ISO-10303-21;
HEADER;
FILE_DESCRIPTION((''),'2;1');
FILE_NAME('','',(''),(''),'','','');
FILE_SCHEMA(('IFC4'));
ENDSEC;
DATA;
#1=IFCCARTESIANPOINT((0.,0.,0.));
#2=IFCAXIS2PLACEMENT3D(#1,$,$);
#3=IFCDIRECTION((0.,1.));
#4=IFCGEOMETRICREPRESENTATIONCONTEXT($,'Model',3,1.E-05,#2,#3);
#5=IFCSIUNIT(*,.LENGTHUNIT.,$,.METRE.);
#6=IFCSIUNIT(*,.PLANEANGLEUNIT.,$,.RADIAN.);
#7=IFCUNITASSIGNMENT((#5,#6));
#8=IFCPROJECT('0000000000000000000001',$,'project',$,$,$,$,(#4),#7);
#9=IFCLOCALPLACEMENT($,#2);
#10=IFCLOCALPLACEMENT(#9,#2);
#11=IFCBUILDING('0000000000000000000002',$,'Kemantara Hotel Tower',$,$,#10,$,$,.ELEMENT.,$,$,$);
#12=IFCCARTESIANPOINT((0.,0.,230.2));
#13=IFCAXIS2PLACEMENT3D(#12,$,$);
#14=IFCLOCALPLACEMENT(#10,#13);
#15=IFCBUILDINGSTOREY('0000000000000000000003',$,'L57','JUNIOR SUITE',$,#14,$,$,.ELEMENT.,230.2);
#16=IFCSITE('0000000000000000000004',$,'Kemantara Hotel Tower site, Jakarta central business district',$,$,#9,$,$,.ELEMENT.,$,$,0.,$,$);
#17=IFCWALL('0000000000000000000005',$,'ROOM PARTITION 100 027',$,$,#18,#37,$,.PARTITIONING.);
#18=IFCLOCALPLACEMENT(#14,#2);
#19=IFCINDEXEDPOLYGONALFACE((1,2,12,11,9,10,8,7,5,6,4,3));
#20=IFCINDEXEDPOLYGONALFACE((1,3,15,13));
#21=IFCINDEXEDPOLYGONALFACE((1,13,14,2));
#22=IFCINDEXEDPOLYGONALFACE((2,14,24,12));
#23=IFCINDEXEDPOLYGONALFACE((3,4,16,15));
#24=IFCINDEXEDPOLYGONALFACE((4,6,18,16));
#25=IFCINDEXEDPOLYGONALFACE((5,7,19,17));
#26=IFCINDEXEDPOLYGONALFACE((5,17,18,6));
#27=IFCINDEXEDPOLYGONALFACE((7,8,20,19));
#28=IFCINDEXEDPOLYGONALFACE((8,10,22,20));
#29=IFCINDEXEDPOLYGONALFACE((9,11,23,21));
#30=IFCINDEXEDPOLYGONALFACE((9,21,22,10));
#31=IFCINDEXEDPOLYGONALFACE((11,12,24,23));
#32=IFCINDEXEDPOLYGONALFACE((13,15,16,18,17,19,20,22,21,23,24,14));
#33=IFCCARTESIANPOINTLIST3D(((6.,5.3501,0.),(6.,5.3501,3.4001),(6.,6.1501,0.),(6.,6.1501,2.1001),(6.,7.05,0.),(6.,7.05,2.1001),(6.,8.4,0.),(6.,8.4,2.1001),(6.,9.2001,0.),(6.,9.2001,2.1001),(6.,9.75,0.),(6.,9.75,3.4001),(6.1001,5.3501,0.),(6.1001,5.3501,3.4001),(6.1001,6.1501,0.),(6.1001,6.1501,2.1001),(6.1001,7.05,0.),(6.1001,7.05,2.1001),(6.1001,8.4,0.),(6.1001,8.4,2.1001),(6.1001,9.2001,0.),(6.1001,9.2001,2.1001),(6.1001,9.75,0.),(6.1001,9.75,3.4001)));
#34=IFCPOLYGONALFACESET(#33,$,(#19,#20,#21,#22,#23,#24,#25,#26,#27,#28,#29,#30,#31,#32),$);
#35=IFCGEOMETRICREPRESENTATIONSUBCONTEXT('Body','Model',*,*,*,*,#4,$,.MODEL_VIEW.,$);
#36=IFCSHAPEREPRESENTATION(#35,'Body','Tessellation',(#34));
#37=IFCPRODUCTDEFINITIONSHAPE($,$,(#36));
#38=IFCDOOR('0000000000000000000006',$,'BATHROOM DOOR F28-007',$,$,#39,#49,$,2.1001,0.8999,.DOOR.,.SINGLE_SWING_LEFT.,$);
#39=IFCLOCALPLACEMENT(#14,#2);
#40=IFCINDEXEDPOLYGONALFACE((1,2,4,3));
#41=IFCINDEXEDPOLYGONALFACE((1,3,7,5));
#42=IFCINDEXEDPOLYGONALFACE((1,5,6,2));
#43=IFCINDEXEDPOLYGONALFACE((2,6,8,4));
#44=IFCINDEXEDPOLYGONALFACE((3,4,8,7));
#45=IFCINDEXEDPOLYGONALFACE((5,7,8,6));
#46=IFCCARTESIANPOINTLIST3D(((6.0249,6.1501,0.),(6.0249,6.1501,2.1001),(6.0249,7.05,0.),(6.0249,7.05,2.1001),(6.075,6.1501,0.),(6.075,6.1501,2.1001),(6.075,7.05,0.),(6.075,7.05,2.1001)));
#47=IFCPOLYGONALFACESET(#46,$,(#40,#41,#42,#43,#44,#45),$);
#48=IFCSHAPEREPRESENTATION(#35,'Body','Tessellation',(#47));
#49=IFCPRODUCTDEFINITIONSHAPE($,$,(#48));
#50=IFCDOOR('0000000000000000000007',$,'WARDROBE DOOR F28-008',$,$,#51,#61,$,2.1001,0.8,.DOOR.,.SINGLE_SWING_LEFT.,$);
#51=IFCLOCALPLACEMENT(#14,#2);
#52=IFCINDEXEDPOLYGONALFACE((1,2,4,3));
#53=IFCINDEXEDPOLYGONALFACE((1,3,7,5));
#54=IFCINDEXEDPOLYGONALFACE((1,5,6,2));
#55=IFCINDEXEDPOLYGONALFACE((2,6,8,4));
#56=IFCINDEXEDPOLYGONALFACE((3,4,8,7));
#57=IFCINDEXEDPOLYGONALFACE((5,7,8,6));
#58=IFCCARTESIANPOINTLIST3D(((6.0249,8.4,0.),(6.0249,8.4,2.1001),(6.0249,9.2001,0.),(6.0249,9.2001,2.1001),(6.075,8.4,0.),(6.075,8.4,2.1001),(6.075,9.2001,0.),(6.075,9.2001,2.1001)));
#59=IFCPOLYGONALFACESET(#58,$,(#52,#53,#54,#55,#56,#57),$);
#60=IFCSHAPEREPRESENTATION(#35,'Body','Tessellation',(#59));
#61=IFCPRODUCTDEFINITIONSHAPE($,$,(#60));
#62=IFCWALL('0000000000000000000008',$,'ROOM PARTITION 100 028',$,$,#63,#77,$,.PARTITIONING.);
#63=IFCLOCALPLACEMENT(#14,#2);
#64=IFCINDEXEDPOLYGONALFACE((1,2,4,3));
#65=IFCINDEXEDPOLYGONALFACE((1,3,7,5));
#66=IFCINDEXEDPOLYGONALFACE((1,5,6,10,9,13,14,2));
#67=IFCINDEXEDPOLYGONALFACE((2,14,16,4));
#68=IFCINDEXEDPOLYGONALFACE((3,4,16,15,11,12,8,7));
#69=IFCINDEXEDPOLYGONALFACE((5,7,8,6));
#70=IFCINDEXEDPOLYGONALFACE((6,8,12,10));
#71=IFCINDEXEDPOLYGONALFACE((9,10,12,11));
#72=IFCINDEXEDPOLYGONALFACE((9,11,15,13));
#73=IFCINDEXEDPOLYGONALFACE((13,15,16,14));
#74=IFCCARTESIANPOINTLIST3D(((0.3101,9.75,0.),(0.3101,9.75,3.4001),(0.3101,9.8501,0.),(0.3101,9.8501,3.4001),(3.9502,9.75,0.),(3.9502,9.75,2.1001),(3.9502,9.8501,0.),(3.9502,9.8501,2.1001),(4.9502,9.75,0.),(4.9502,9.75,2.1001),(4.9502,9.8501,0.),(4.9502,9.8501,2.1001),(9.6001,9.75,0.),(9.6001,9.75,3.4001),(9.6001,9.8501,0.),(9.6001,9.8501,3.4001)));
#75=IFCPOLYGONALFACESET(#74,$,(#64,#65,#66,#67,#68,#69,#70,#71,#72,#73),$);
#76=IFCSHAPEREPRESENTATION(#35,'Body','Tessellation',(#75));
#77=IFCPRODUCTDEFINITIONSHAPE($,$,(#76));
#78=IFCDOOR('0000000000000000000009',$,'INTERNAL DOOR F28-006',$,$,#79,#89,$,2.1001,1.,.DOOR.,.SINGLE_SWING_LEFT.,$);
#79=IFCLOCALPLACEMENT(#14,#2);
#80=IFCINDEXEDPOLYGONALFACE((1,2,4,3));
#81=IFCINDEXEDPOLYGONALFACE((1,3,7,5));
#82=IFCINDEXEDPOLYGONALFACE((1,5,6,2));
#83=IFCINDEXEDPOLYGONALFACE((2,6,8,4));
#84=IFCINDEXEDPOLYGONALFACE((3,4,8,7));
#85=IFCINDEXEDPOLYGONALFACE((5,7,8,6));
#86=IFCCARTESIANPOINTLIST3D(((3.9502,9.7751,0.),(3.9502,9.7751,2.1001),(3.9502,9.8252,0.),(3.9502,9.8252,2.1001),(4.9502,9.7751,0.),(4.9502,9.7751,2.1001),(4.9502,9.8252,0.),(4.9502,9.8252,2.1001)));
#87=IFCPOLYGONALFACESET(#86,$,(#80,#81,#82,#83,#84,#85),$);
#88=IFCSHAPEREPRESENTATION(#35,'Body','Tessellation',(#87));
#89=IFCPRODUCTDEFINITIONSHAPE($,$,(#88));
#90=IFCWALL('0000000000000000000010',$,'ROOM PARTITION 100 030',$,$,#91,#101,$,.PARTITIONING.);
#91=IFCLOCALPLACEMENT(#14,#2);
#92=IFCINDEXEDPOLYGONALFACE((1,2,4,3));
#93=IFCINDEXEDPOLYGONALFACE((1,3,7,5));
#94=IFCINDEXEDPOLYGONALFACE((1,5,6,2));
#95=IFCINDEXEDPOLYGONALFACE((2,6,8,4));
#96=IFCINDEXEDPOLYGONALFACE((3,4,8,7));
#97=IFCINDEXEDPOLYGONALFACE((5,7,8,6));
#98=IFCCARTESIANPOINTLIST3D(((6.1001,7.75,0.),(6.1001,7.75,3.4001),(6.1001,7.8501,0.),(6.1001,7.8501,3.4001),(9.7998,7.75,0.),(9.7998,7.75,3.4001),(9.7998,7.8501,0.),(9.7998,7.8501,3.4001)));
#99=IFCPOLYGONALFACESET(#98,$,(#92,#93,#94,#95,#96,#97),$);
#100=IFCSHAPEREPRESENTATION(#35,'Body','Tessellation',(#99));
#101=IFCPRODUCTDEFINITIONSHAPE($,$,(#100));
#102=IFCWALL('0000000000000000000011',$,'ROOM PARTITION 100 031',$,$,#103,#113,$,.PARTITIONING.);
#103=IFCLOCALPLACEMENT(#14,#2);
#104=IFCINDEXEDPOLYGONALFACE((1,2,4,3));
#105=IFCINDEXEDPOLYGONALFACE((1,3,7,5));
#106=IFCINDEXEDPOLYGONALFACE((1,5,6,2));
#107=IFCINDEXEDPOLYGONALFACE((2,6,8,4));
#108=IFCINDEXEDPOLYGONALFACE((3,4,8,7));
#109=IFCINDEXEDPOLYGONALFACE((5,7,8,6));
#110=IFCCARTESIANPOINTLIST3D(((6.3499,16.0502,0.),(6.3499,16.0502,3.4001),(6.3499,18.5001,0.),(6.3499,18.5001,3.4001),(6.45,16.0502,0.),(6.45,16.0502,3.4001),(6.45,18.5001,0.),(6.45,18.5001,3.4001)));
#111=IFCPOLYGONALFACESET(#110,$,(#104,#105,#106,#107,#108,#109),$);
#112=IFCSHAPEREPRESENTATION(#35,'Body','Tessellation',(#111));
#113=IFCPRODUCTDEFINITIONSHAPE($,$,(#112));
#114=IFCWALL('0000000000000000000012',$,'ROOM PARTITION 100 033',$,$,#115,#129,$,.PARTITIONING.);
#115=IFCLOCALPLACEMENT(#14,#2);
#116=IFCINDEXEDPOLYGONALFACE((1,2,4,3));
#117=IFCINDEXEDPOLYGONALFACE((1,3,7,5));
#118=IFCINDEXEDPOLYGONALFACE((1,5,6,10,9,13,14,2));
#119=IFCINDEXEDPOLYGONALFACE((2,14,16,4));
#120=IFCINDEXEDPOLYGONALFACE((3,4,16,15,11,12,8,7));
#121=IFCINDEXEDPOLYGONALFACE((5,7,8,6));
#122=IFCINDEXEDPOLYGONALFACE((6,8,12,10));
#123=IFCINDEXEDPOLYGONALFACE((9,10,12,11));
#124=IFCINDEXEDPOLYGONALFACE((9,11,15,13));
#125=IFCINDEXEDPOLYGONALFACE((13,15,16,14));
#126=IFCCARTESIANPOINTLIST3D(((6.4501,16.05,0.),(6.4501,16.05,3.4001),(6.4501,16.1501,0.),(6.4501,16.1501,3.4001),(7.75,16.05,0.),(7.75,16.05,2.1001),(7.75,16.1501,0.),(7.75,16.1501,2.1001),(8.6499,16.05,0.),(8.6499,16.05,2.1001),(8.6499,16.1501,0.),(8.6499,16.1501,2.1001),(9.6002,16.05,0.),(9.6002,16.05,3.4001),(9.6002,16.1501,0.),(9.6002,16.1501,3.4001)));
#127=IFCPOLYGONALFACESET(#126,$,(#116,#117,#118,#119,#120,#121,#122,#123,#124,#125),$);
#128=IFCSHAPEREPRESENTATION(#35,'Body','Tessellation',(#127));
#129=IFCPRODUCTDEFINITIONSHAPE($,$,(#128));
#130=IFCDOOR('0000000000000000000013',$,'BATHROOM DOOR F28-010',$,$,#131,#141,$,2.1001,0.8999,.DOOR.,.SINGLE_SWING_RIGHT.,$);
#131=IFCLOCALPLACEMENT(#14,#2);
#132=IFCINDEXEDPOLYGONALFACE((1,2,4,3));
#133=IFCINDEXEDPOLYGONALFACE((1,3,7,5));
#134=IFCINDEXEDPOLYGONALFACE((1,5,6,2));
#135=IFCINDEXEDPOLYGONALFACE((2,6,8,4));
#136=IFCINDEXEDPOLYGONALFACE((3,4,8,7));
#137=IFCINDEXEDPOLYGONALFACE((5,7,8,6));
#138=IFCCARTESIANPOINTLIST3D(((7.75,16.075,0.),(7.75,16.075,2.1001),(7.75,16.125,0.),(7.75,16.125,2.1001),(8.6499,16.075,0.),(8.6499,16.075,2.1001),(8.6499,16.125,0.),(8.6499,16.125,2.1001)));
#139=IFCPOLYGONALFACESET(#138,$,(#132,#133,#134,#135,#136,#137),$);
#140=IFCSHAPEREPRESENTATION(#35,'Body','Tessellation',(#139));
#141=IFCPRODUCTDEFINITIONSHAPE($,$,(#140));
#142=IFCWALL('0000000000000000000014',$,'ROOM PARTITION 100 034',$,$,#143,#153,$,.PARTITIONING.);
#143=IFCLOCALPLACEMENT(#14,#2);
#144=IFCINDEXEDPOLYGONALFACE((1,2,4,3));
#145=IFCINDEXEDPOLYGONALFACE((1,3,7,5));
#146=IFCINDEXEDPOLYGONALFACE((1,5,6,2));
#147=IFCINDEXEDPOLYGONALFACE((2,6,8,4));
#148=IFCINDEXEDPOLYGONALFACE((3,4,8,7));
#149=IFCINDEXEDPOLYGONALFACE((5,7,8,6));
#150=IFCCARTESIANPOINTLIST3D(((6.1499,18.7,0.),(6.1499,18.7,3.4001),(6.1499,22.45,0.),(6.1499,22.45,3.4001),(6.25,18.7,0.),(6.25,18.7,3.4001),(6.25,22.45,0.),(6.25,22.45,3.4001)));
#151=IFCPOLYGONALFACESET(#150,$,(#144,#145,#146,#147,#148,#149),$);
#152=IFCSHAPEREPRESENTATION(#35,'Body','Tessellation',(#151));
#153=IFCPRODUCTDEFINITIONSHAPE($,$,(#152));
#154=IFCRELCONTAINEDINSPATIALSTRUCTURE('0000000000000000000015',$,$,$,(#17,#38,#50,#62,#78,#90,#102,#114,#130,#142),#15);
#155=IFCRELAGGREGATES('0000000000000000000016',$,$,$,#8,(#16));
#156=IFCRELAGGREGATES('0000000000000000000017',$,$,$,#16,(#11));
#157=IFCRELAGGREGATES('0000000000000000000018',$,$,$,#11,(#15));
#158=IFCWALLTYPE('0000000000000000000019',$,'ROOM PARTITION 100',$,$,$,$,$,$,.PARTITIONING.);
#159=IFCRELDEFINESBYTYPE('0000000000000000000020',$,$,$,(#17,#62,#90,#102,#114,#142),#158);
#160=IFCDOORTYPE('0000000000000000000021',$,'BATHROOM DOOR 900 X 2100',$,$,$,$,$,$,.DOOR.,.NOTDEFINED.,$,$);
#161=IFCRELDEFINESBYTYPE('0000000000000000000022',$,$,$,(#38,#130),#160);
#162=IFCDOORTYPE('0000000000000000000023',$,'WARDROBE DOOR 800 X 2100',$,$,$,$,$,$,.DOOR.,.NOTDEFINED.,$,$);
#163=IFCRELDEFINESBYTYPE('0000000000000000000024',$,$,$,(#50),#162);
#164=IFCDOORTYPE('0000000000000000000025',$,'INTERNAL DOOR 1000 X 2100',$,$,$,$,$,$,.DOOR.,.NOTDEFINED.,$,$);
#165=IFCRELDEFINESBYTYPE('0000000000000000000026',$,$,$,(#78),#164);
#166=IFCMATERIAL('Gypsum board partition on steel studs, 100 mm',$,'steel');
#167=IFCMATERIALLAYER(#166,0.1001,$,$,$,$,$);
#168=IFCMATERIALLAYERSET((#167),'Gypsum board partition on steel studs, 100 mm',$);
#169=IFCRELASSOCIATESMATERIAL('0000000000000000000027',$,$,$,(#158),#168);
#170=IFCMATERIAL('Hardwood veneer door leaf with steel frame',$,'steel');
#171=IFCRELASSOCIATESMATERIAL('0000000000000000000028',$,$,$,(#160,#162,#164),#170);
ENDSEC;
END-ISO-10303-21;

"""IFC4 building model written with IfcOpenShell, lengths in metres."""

from ifc_helpers import new_model, si_unit, direction, frame, frame_2d, origin, place, context, subcontext, project, spatial, rectangle, extrude, material, layer, layer_set, type_object, element, fill, save


model = new_model("IFC4")

# Units and contexts
model_context = context("Model", 3, precision=1e-05, world=origin(), true_north=direction((0.0, 1.0)))
body_context = subcontext(model_context, "Body", "Model", "MODEL_VIEW")
ifc_project = project(units=[si_unit("LENGTHUNIT", "METRE"), si_unit("PLANEANGLEUNIT", "RADIAN")], contexts=[model_context])

# Site, building, storey
site_placement = place(None, origin())
site = spatial("IfcSite", under=ifc_project, at=site_placement, Name="Kemantara Hotel Tower site, Jakarta central business district", CompositionType="ELEMENT", RefElevation=0.0)
building_placement = place(site_placement, origin())
building = spatial("IfcBuilding", under=site, at=building_placement, Name="Kemantara Hotel Tower", CompositionType="ELEMENT")
storey_placement = place(building_placement, frame((0.0, 0.0, 230.2)))
storey = spatial("IfcBuildingStorey", under=building, at=storey_placement, Name="L57", Description="JUNIOR SUITE", CompositionType="ELEMENT", Elevation=230.2)

# Shared definitions
ifc_material_1 = material(Name="Hardwood veneer door leaf with steel frame", Category="steel")

# Wall, openings, doors
ifc_material_2 = material(Name="Gypsum board partition on steel studs, 100 mm", Category="steel")
ifc_layer_1 = layer(ifc_material_2, 0.1001)
ifc_layer_set_1 = layer_set([ifc_layer_1], Name="Gypsum board partition on steel studs, 100 mm")
wall_type_1 = type_object("IfcWallType", Name="ROOM PARTITION 100", PredefinedType="PARTITIONING", material=ifc_layer_set_1)
wall_1_placement = place(storey_placement, frame((6.05, 9.75, 0.0), z_axis=(0.0, 0.0, 1.0), x_axis=(0.0, -1.0, 0.0)))
wall_1 = element("IfcWall", 1, at=wall_1_placement, inside=storey, type_object=wall_type_1, Name="ROOM PARTITION 100 027", PredefinedType="PARTITIONING", context=body_context, shape_type="SweptSolid", body=[
    extrude(rectangle(XDim=4.3999, YDim=0.1001, at=frame_2d((2.2, 0.0))), origin(), (0.0, 0.0, 1.0), 3.4001),
])
opening_1_placement = place(wall_1_placement, frame((2.7, 0.0, 0.0)))
opening_1 = element("IfcOpeningElement", 2, at=opening_1_placement, cuts=wall_1, PredefinedType="OPENING", context=body_context, shape_type="SweptSolid", body=[
    extrude(rectangle(XDim=0.8999, YDim=2.1001, at=frame_2d((0.45, 1.05))), frame((0.0, 0.0601, 0.0), z_axis=(0.0, -1.0, 0.0), x_axis=(1.0, 0.0, 0.0)), (0.0, 0.0, 1.0), 0.1201),
])
opening_2_placement = place(wall_1_placement, frame((0.55, 0.0, 0.0)))
opening_2 = element("IfcOpeningElement", 3, at=opening_2_placement, cuts=wall_1, PredefinedType="OPENING", context=body_context, shape_type="SweptSolid", body=[
    extrude(rectangle(XDim=0.8, YDim=2.1001, at=frame_2d((0.3999, 1.05))), frame((0.0, 0.0601, 0.0), z_axis=(0.0, -1.0, 0.0), x_axis=(1.0, 0.0, 0.0)), (0.0, 0.0, 1.0), 0.1201),
])
door_type_1 = type_object("IfcDoorType", Name="BATHROOM DOOR 900 X 2100", OperationType="NOTDEFINED", PredefinedType="DOOR", material=ifc_material_1)
door_1_placement = place(opening_1_placement, origin())
door_1 = element("IfcDoor", 4, at=door_1_placement, inside=storey, type_object=door_type_1, Name="BATHROOM DOOR F28-007", OperationType="SINGLE_SWING_LEFT", OverallHeight=2.1001, OverallWidth=0.8999, PredefinedType="DOOR", context=body_context, shape_type="SweptSolid", body=[
    extrude(rectangle(XDim=0.8999, YDim=2.1001, at=frame_2d((0.45, 1.05))), frame((0.0, 0.0249, 0.0), z_axis=(0.0, -1.0, 0.0), x_axis=(1.0, 0.0, 0.0)), (0.0, 0.0, 1.0), 0.05),
])
fill(opening_1, door_1)
door_type_2 = type_object("IfcDoorType", Name="WARDROBE DOOR 800 X 2100", OperationType="NOTDEFINED", PredefinedType="DOOR", material=ifc_material_1)
door_2_placement = place(opening_2_placement, origin())
door_2 = element("IfcDoor", 5, at=door_2_placement, inside=storey, type_object=door_type_2, Name="WARDROBE DOOR F28-008", OperationType="SINGLE_SWING_LEFT", OverallHeight=2.1001, OverallWidth=0.8, PredefinedType="DOOR", context=body_context, shape_type="SweptSolid", body=[
    extrude(rectangle(XDim=0.8, YDim=2.1001, at=frame_2d((0.3999, 1.05))), frame((0.0, 0.0249, 0.0), z_axis=(0.0, -1.0, 0.0), x_axis=(1.0, 0.0, 0.0)), (0.0, 0.0, 1.0), 0.05),
])
fill(opening_2, door_2)

# Wall, opening, door
wall_2_placement = place(storey_placement, frame((9.6001, 9.8, 0.0), z_axis=(0.0, 0.0, 1.0), x_axis=(-1.0, 0.0, 0.0)))
wall_2 = element("IfcWall", 6, at=wall_2_placement, inside=storey, type_object=wall_type_1, Name="ROOM PARTITION 100 028", PredefinedType="PARTITIONING", context=body_context, shape_type="SweptSolid", body=[
    extrude(rectangle(XDim=9.29, YDim=0.1001, at=frame_2d((4.645, 0.0))), origin(), (0.0, 0.0, 1.0), 3.4001),
])
opening_3_placement = place(wall_2_placement, frame((4.6499, 0.0, 0.0)))
opening_3 = element("IfcOpeningElement", 7, at=opening_3_placement, cuts=wall_2, PredefinedType="OPENING", context=body_context, shape_type="SweptSolid", body=[
    extrude(rectangle(XDim=1.0, YDim=2.1001, at=frame_2d((0.5, 1.05))), frame((0.0, 0.0601, 0.0), z_axis=(0.0, -1.0, 0.0), x_axis=(1.0, 0.0, 0.0)), (0.0, 0.0, 1.0), 0.1201),
])
door_type_3 = type_object("IfcDoorType", Name="INTERNAL DOOR 1000 X 2100", OperationType="NOTDEFINED", PredefinedType="DOOR", material=ifc_material_1)
door_3_placement = place(opening_3_placement, origin())
door_3 = element("IfcDoor", 8, at=door_3_placement, inside=storey, type_object=door_type_3, Name="INTERNAL DOOR F28-006", OperationType="SINGLE_SWING_LEFT", OverallHeight=2.1001, OverallWidth=1.0, PredefinedType="DOOR", context=body_context, shape_type="SweptSolid", body=[
    extrude(rectangle(XDim=1.0, YDim=2.1001, at=frame_2d((0.5, 1.05))), frame((0.0, 0.0249, 0.0), z_axis=(0.0, -1.0, 0.0), x_axis=(1.0, 0.0, 0.0)), (0.0, 0.0, 1.0), 0.05),
])
fill(opening_3, door_3)

# Walls
wall_3_placement = place(storey_placement, frame((6.1001, 7.8, 0.0), z_axis=(0.0, 0.0, 1.0), x_axis=(1.0, 0.0, 0.0)))
element("IfcWall", 9, at=wall_3_placement, inside=storey, type_object=wall_type_1, Name="ROOM PARTITION 100 030", PredefinedType="PARTITIONING", context=body_context, shape_type="SweptSolid", body=[
    extrude(rectangle(XDim=3.6997, YDim=0.1001, at=frame_2d((1.8499, 0.0))), origin(), (0.0, 0.0, 1.0), 3.4001),
])
wall_4_placement = place(storey_placement, frame((6.3999, 16.05, 0.0), z_axis=(0.0, 0.0, 1.0), x_axis=(0.0, 1.0, 0.0)))
element("IfcWall", 10, at=wall_4_placement, inside=storey, type_object=wall_type_1, Name="ROOM PARTITION 100 031", PredefinedType="PARTITIONING", context=body_context, shape_type="SweptSolid", body=[
    extrude(rectangle(XDim=2.45, YDim=0.1001, at=frame_2d((1.2251, 0.0))), origin(), (0.0, 0.0, 1.0), 3.4001),
])

# Wall, opening, door
wall_5_placement = place(storey_placement, frame((6.45, 16.1001, 0.0), z_axis=(0.0, 0.0, 1.0), x_axis=(1.0, 0.0, 0.0)))
wall_5 = element("IfcWall", 11, at=wall_5_placement, inside=storey, type_object=wall_type_1, Name="ROOM PARTITION 100 033", PredefinedType="PARTITIONING", context=body_context, shape_type="SweptSolid", body=[
    extrude(rectangle(XDim=3.1501, YDim=0.1001, at=frame_2d((1.5752, 0.0))), origin(), (0.0, 0.0, 1.0), 3.4001),
])
opening_4_placement = place(wall_5_placement, frame((1.3, 0.0, 0.0)))
opening_4 = element("IfcOpeningElement", 12, at=opening_4_placement, cuts=wall_5, PredefinedType="OPENING", context=body_context, shape_type="SweptSolid", body=[
    extrude(rectangle(XDim=0.8999, YDim=2.1001, at=frame_2d((0.45, 1.05))), frame((0.0, 0.0601, 0.0), z_axis=(0.0, -1.0, 0.0), x_axis=(1.0, 0.0, 0.0)), (0.0, 0.0, 1.0), 0.1201),
])
door_4_placement = place(opening_4_placement, origin())
door_4 = element("IfcDoor", 13, at=door_4_placement, inside=storey, type_object=door_type_1, Name="BATHROOM DOOR F28-010", OperationType="SINGLE_SWING_RIGHT", OverallHeight=2.1001, OverallWidth=0.8999, PredefinedType="DOOR", context=body_context, shape_type="SweptSolid", body=[
    extrude(rectangle(XDim=0.8999, YDim=2.1001, at=frame_2d((0.45, 1.05))), frame((0.0, 0.0249, 0.0), z_axis=(0.0, -1.0, 0.0), x_axis=(1.0, 0.0, 0.0)), (0.0, 0.0, 1.0), 0.05),
])
fill(opening_4, door_4)

# Wall
wall_6_placement = place(storey_placement, frame((6.2, 18.7, 0.0), z_axis=(0.0, 0.0, 1.0), x_axis=(0.0, 1.0, 0.0)))
element("IfcWall", 14, at=wall_6_placement, inside=storey, type_object=wall_type_1, Name="ROOM PARTITION 100 034", PredefinedType="PARTITIONING", context=body_context, shape_type="SweptSolid", body=[
    extrude(rectangle(XDim=3.75, YDim=0.1001, at=frame_2d((1.875, 0.0))), origin(), (0.0, 0.0, 1.0), 3.4001),
])

save(model, "model.ifc")
